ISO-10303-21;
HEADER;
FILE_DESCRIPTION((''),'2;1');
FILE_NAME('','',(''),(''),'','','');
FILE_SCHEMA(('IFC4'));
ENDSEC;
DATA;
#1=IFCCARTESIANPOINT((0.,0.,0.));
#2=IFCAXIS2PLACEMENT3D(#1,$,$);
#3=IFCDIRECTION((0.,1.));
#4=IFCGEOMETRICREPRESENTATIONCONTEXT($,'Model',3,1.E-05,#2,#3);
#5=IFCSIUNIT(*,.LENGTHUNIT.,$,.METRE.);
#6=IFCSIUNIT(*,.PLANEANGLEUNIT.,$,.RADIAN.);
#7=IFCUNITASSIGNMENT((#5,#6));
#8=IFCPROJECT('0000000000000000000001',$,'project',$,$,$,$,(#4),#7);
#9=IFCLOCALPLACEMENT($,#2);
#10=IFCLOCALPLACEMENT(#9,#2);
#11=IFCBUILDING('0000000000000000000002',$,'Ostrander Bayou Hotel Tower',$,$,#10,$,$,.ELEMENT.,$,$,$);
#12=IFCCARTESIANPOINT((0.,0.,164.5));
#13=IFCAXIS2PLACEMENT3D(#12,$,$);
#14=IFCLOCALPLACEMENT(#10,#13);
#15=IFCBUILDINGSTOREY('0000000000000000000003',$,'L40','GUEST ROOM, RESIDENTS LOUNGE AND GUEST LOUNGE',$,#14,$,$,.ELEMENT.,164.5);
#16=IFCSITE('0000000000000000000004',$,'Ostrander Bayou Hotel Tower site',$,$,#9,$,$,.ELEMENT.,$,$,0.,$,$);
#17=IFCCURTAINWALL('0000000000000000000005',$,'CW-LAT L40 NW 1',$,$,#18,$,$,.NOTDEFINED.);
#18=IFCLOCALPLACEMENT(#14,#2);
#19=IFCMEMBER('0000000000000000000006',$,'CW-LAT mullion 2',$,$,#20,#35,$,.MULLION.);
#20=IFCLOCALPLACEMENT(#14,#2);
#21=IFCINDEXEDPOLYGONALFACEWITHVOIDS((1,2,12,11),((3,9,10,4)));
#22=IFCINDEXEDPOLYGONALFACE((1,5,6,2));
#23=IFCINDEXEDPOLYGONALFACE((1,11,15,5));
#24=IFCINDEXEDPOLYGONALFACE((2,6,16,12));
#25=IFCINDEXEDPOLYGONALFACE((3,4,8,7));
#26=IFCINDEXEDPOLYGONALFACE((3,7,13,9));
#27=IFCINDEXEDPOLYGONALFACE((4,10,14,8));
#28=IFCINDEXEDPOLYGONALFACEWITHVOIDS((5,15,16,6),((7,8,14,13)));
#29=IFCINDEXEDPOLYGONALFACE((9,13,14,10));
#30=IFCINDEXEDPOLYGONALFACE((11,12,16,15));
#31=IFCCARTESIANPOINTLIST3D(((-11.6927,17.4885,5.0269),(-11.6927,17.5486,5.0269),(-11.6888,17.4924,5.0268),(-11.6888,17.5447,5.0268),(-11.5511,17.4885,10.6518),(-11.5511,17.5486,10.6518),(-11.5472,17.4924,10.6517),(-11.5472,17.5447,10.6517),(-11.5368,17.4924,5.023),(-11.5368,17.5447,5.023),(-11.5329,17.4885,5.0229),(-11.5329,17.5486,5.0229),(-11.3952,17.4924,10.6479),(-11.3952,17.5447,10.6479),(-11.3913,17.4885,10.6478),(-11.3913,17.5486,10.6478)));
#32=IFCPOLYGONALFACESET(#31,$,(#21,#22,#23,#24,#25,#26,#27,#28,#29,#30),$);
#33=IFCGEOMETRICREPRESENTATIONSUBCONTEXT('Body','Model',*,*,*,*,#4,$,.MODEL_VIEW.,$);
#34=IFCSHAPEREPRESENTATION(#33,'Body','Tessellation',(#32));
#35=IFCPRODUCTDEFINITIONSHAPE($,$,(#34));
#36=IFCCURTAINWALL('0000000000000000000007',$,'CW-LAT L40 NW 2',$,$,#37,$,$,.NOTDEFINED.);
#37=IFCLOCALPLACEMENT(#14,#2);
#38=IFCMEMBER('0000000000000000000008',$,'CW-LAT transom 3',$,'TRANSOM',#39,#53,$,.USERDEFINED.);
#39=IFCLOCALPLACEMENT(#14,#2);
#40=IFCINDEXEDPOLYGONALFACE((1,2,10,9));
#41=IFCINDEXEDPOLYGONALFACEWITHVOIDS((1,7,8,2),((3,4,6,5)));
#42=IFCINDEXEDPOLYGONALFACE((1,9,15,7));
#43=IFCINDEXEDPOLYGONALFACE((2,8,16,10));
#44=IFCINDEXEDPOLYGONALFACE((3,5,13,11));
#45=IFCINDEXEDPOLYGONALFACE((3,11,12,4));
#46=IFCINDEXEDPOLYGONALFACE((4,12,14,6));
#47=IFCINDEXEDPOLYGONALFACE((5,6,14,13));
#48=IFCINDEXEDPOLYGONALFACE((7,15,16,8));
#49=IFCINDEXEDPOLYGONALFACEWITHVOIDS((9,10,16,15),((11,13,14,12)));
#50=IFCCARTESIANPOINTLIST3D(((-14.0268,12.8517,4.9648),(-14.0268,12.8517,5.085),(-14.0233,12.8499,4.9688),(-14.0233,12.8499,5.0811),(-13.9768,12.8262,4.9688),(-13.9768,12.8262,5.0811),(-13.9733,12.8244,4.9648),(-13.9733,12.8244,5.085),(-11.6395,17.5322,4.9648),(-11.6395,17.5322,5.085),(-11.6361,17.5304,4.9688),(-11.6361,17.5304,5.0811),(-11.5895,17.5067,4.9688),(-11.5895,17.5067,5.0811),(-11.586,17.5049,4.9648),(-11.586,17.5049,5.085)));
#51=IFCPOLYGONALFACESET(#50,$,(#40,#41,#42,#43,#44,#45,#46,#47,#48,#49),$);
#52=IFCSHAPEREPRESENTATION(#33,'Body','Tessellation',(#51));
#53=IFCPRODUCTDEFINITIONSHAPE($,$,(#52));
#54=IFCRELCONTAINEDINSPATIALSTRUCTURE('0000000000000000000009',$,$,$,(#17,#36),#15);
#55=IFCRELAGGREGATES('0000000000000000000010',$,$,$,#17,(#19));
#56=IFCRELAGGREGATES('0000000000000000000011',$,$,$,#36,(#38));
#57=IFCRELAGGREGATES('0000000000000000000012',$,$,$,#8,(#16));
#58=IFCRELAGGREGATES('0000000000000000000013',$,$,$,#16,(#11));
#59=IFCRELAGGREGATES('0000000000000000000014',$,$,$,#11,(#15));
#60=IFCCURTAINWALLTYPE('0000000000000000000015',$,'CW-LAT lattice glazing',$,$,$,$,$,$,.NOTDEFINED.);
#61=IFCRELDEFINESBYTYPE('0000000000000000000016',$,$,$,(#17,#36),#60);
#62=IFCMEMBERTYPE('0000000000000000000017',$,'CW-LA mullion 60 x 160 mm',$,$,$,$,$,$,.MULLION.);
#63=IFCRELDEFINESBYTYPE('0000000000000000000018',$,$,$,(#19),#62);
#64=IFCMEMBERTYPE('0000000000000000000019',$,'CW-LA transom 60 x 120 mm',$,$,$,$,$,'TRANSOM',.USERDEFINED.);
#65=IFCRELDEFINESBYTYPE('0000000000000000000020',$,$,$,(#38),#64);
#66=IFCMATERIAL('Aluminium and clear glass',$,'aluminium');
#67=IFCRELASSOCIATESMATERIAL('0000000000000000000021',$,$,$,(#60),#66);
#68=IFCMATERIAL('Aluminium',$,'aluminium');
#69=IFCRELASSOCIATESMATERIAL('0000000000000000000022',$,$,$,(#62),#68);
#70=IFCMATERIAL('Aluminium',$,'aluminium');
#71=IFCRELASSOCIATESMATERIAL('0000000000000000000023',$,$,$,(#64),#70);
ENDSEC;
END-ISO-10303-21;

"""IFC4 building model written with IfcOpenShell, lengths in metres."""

from ifc_helpers import new_model, si_unit, direction, frame, origin, origin_2d, place, context, subcontext, project, spatial, hollow_rectangle, extrude, material, material_profile, profile_set, type_object, element, aggregate, save


model = new_model("IFC4")

# Units and contexts
model_context = context("Model", 3, precision=1e-05, world=origin(), true_north=direction((0.0, 1.0)))
body_context = subcontext(model_context, "Body", "Model", "MODEL_VIEW")
ifc_project = project(units=[si_unit("LENGTHUNIT", "METRE"), si_unit("PLANEANGLEUNIT", "RADIAN")], contexts=[model_context])

# Site, building, storey
site_placement = place(None, origin())
site = spatial("IfcSite", under=ifc_project, at=site_placement, Name="Ostrander Bayou Hotel Tower site", CompositionType="ELEMENT", RefElevation=0.0)
building_placement = place(site_placement, origin())
building = spatial("IfcBuilding", under=site, at=building_placement, Name="Ostrander Bayou Hotel Tower", CompositionType="ELEMENT")
storey_placement = place(building_placement, frame((0.0, 0.0, 164.5)))
storey = spatial("IfcBuildingStorey", under=building, at=storey_placement, Name="L40", Description="GUEST ROOM, RESIDENTS LOUNGE AND GUEST LOUNGE", CompositionType="ELEMENT", Elevation=164.5)

# Curtain walls, members
ifc_material_1 = material(Name="Aluminium and clear glass", Category="aluminium")
curtain_wall_type = type_object("IfcCurtainWallType", Name="CW-LAT lattice glazing", PredefinedType="NOTDEFINED", material=ifc_material_1)
curtain_wall_1_placement = place(storey_placement, origin())
curtain_wall_1 = element("IfcCurtainWall", 1, at=curtain_wall_1_placement, inside=storey, type_object=curtain_wall_type, Name="CW-LAT L40 NW 1", PredefinedType="NOTDEFINED")
ifc_material_2 = material(Name="Aluminium", Category="aluminium")
ifc_material_profile_1 = material_profile(ifc_material_2, hollow_rectangle(XDim=0.0601, YDim=0.1599, WallThickness=0.0039, at=origin_2d()))
ifc_profile_set_1 = profile_set([ifc_material_profile_1], Name="Aluminium")
member_type_1 = type_object("IfcMemberType", Name="CW-LA mullion 60 x 160 mm", PredefinedType="MULLION", material=ifc_profile_set_1)
member_1_placement = place(storey_placement, frame((-11.6128, 17.5186, 5.0249), z_axis=(0.025166, 0.0, 0.999683), x_axis=(0.0, 1.0, 0.0)))
member_1 = element("IfcMember", 2, at=member_1_placement, type_object=member_type_1, Name="CW-LAT mullion 2", PredefinedType="MULLION", context=body_context, shape_type="SweptSolid", body=[
    extrude(hollow_rectangle(XDim=0.0601, YDim=0.1599, WallThickness=0.0039, at=origin_2d()), origin(), (0.0, 0.0, 1.0), 5.6267),
])
aggregate(curtain_wall_1, [member_1])
curtain_wall_2_placement = place(storey_placement, origin())
curtain_wall_2 = element("IfcCurtainWall", 3, at=curtain_wall_2_placement, inside=storey, type_object=curtain_wall_type, Name="CW-LAT L40 NW 2", PredefinedType="NOTDEFINED")
ifc_material_3 = material(Name="Aluminium", Category="aluminium")
ifc_material_profile_2 = material_profile(ifc_material_3, hollow_rectangle(XDim=0.0601, YDim=0.1201, WallThickness=0.0039, at=origin_2d()))
ifc_profile_set_2 = profile_set([ifc_material_profile_2], Name="Aluminium")
member_type_2 = type_object("IfcMemberType", Name="CW-LA transom 60 x 120 mm", ElementType="TRANSOM", PredefinedType="USERDEFINED", material=ifc_profile_set_2)
member_2_placement = place(storey_placement, frame((-11.6128, 17.5186, 5.0249), z_axis=(-0.454355, -0.890821, 0.0), x_axis=(0.890821, -0.454355, 0.0)))
member_2 = element("IfcMember", 4, at=member_2_placement, type_object=member_type_2, Name="CW-LAT transom 3", ObjectType="TRANSOM", PredefinedType="USERDEFINED", context=body_context, shape_type="SweptSolid", body=[
    extrude(hollow_rectangle(XDim=0.0601, YDim=0.1201, WallThickness=0.0039, at=origin_2d()), origin(), (0.0, 0.0, 1.0), 5.2542),
])
aggregate(curtain_wall_2, [member_2])

save(model, "model.ifc")
